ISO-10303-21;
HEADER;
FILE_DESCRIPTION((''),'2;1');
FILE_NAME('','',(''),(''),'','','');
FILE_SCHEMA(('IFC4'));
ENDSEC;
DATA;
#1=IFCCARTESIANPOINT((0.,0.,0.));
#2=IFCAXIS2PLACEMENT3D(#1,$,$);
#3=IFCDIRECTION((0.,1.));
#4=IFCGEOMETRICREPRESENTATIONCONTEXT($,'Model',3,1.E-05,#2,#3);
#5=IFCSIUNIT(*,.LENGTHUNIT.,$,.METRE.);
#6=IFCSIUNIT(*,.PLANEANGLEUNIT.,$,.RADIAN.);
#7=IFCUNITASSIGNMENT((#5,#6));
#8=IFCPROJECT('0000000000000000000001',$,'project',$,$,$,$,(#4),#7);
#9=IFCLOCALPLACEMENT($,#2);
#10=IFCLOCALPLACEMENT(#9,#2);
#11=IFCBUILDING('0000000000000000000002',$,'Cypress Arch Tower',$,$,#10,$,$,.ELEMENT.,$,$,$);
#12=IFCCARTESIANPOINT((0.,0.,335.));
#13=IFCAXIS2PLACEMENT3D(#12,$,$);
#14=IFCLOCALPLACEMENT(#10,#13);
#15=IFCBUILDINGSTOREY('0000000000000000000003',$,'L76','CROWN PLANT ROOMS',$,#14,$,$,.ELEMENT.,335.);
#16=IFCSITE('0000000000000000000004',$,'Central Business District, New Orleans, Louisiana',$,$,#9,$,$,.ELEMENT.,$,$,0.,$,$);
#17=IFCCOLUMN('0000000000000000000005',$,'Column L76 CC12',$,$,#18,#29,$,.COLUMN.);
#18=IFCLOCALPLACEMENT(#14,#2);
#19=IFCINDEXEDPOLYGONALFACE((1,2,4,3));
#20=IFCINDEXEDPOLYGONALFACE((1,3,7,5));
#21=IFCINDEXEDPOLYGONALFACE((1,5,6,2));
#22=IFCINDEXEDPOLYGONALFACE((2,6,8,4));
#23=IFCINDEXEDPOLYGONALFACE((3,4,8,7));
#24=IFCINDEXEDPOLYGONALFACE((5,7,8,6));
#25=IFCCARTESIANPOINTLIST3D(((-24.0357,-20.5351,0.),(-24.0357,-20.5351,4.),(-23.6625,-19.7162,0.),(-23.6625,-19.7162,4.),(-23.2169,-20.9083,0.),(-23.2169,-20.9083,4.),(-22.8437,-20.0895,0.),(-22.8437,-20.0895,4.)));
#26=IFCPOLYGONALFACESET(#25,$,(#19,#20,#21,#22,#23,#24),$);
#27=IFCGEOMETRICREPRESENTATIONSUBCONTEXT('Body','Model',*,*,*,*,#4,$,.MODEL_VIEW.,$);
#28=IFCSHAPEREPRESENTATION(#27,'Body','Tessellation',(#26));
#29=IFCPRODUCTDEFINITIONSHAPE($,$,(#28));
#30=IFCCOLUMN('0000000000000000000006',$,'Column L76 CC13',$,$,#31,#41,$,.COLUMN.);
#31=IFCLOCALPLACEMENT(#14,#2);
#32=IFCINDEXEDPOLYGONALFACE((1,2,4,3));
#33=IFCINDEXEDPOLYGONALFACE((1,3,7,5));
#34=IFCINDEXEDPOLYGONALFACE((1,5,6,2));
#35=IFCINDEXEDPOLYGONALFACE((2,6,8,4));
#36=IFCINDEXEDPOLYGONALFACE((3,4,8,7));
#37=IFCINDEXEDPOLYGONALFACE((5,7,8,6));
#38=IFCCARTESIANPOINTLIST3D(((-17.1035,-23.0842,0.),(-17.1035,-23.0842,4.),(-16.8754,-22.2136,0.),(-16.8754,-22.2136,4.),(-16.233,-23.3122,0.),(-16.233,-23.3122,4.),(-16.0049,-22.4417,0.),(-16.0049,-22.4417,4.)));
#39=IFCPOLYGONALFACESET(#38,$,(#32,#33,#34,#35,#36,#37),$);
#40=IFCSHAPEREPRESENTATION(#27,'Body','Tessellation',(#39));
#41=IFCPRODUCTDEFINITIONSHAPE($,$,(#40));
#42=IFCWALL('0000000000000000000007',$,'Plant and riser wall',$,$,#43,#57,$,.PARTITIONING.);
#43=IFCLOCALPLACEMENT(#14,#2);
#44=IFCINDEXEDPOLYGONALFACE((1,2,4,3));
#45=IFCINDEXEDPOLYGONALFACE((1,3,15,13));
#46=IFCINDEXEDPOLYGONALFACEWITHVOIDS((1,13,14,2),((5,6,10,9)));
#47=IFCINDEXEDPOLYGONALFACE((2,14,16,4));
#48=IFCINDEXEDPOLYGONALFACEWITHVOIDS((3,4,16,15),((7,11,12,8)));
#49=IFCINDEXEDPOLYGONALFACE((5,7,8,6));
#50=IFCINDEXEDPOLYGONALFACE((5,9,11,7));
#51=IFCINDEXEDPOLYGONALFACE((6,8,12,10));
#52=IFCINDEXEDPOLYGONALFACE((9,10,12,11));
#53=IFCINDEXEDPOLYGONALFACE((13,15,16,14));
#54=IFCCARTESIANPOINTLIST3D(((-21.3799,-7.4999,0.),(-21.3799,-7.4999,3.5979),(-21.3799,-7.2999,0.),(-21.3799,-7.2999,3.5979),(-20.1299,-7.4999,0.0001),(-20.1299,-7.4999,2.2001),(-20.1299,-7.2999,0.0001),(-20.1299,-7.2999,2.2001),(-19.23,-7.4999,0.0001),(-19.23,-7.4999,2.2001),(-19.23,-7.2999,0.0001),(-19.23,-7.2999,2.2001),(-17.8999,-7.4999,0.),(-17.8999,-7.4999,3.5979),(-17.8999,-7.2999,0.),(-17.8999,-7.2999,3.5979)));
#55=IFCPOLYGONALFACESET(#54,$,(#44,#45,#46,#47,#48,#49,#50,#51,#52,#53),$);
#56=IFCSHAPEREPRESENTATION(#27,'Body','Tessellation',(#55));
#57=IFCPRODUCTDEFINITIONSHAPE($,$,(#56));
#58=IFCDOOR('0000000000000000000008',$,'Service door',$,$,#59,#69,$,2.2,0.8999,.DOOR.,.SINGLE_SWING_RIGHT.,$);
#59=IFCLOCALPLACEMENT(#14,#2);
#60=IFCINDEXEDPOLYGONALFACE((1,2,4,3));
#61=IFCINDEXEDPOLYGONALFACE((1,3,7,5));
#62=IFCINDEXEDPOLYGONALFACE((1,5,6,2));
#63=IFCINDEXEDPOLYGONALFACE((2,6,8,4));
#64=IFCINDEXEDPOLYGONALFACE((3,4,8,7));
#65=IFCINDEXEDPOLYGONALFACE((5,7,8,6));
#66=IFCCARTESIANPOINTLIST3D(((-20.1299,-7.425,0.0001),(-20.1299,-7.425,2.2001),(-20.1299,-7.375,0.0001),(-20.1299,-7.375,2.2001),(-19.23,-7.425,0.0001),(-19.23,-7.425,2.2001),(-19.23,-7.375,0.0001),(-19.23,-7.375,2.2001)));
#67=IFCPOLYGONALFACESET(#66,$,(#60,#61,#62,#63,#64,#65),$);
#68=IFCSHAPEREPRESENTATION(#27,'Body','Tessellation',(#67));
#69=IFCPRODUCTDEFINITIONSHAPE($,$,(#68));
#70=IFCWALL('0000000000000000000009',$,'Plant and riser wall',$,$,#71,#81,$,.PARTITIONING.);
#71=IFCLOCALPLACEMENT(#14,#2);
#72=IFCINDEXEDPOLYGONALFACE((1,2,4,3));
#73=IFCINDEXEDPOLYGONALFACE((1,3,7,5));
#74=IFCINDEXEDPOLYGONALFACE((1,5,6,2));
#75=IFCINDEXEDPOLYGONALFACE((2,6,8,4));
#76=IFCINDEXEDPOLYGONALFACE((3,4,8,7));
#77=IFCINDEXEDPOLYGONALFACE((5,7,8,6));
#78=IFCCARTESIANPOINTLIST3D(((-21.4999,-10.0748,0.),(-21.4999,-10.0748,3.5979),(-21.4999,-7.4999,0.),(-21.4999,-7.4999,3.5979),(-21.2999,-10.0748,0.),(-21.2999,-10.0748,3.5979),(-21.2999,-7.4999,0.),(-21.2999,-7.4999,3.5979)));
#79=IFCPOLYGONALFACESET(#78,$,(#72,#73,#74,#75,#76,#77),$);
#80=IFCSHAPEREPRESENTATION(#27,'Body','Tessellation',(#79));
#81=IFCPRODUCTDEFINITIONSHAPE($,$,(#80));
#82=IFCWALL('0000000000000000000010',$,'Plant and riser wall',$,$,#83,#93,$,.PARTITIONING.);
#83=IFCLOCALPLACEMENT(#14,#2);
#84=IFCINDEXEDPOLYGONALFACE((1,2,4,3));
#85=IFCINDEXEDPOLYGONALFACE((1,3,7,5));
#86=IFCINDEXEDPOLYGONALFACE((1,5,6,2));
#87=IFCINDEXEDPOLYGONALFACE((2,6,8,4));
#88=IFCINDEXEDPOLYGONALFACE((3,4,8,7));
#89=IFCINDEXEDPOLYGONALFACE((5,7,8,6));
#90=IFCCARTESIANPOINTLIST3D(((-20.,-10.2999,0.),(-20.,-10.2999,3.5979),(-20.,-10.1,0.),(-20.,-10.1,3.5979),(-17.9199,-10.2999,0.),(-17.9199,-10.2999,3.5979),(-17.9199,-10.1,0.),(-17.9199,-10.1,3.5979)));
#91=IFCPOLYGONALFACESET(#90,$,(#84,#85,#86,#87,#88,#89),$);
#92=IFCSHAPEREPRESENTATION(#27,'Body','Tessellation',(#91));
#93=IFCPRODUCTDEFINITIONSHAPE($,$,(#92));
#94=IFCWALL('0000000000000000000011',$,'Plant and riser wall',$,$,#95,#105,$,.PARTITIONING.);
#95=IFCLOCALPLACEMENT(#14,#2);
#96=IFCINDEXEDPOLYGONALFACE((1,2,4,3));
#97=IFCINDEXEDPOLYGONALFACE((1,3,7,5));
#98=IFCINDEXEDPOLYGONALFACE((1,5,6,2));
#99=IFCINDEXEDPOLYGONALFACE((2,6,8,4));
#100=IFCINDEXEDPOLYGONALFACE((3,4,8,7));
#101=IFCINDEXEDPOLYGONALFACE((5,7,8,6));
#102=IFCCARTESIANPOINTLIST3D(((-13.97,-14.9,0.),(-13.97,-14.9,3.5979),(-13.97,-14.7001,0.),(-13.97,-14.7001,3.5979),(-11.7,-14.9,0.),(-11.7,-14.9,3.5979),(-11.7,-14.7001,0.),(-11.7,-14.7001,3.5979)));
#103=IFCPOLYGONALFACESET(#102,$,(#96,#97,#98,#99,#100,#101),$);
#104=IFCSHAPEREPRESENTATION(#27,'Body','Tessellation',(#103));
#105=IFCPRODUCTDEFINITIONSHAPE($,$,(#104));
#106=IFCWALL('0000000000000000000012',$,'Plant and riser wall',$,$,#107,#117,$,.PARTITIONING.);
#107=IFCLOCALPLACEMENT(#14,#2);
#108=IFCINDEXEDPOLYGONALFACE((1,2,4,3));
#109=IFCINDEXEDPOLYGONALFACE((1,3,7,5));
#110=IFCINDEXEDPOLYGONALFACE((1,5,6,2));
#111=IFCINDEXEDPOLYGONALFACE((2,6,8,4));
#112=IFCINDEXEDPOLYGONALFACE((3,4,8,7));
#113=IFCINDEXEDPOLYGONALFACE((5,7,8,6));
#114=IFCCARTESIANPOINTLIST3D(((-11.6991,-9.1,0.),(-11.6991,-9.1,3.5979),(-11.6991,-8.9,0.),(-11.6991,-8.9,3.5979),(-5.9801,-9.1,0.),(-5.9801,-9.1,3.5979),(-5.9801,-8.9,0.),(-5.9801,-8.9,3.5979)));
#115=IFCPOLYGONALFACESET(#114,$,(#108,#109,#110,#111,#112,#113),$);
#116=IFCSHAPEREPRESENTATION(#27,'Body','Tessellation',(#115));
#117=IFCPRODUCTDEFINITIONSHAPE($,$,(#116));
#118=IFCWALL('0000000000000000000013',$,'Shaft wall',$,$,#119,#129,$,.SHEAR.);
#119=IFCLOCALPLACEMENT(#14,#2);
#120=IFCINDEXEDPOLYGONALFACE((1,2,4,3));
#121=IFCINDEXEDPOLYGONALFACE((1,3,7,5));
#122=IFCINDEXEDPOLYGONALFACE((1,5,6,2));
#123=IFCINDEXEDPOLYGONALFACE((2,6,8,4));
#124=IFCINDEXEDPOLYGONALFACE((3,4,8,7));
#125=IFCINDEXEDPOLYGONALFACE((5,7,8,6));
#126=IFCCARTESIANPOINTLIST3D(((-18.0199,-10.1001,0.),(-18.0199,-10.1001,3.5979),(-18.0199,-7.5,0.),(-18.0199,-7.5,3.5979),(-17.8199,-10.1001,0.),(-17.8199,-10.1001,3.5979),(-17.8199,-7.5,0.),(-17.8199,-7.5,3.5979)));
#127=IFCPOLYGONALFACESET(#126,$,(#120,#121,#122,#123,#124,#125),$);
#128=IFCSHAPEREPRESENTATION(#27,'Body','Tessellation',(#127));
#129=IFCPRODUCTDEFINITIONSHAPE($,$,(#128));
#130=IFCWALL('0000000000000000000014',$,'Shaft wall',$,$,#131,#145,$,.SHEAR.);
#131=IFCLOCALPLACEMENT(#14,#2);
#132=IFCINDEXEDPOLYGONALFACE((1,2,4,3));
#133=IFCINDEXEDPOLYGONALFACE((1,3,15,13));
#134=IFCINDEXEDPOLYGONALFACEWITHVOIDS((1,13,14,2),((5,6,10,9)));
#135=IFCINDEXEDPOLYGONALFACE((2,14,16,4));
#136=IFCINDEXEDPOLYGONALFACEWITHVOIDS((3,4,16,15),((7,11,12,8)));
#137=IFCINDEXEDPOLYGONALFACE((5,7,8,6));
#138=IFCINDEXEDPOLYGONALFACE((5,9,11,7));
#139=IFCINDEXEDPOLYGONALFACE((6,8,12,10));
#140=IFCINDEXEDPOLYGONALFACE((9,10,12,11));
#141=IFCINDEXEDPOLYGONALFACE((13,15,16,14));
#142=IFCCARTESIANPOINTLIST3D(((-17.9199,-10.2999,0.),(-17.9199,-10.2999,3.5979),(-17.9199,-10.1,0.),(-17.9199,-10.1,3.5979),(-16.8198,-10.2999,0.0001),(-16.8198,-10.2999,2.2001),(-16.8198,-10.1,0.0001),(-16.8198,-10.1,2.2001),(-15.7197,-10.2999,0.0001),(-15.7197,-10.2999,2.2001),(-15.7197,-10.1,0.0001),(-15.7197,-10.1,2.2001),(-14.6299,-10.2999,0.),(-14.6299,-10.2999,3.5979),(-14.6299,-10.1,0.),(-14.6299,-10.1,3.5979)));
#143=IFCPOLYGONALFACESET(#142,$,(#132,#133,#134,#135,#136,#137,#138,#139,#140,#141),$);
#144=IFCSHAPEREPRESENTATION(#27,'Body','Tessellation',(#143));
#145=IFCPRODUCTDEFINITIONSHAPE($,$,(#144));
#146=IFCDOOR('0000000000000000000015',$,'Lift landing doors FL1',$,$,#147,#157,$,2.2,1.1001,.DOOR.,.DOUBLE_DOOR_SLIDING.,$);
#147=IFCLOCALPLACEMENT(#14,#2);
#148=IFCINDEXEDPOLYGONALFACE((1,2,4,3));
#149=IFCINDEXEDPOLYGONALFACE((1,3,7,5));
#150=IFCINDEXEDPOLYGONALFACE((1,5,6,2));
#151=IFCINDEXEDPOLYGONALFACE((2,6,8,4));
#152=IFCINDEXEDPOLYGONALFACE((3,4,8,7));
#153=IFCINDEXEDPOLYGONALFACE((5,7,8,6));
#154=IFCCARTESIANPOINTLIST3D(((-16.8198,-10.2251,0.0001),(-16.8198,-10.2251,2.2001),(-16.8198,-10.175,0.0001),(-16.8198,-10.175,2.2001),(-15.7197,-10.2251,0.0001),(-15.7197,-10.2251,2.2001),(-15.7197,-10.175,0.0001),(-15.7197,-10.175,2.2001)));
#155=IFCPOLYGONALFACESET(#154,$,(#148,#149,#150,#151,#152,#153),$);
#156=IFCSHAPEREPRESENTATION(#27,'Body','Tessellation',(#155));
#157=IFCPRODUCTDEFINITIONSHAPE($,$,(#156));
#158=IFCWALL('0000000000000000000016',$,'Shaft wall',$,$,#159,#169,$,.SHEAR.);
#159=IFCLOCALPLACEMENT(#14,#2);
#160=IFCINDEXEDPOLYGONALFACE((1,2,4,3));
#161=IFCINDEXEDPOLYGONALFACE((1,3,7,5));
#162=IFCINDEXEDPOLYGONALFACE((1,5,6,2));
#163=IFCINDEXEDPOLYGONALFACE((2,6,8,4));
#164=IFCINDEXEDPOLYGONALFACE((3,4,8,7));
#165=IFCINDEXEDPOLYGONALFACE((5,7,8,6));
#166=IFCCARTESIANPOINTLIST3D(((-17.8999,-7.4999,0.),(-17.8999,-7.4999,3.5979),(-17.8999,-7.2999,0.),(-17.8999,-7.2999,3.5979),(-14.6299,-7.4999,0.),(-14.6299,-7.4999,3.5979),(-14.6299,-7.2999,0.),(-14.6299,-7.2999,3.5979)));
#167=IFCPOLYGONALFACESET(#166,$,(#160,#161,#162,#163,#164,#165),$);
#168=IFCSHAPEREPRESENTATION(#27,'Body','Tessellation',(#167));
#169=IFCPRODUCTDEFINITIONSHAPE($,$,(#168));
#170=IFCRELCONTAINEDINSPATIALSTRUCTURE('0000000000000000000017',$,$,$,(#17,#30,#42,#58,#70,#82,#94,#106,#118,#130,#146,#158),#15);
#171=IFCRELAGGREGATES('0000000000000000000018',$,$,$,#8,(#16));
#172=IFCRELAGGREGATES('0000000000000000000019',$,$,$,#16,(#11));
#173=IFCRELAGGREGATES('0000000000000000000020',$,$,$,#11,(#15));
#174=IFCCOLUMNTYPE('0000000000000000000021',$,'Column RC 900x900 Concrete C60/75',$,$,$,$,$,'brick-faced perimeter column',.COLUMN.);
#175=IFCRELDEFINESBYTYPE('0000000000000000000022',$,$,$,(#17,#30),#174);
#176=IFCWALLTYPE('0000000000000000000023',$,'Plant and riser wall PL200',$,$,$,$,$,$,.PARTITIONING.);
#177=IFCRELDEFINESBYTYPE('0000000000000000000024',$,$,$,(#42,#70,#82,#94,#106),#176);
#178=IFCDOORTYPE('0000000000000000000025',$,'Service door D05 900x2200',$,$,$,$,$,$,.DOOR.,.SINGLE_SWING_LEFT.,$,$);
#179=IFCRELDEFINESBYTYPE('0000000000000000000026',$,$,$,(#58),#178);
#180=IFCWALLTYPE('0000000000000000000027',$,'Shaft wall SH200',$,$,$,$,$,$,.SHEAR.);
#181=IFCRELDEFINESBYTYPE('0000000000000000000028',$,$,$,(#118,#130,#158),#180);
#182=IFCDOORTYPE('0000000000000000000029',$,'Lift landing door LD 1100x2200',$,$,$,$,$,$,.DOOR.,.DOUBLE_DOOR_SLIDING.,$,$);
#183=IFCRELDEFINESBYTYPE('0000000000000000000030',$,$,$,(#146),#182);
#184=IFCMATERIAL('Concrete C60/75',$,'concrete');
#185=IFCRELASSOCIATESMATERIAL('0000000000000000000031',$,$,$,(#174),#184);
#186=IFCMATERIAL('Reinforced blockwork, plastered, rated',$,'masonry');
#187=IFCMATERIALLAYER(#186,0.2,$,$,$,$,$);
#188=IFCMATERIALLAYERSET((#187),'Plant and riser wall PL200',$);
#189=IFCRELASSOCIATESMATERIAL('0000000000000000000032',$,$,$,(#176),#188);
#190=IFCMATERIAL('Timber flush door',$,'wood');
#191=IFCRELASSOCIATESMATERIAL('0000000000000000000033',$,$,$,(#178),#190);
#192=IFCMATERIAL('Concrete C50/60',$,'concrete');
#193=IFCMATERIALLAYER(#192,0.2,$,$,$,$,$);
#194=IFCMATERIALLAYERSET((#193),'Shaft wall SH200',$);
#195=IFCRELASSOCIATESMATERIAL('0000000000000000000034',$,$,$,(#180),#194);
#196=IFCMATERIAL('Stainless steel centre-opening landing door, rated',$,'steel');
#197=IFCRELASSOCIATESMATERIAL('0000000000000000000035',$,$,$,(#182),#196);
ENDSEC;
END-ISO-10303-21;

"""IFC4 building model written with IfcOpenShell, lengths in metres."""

from ifc_helpers import new_model, si_unit, direction, frame, frame_2d, origin, origin_2d, place, context, subcontext, project, spatial, rectangle, extrude, material, layer, layer_set, material_profile, profile_set, type_object, element, fill, save


model = new_model("IFC4")

# Units and contexts
model_context = context("Model", 3, precision=1e-05, world=origin(), true_north=direction((0.0, 1.0)))
body_context = subcontext(model_context, "Body", "Model", "MODEL_VIEW")
ifc_project = project(units=[si_unit("LENGTHUNIT", "METRE"), si_unit("PLANEANGLEUNIT", "RADIAN")], contexts=[model_context])

# Site, building, storey
site_placement = place(None, origin())
site = spatial("IfcSite", under=ifc_project, at=site_placement, Name="Central Business District, New Orleans, Louisiana", CompositionType="ELEMENT", RefElevation=0.0)
building_placement = place(site_placement, origin())
building = spatial("IfcBuilding", under=site, at=building_placement, Name="Cypress Arch Tower", CompositionType="ELEMENT")
storey_placement = place(building_placement, frame((0.0, 0.0, 335.0)))
storey = spatial("IfcBuildingStorey", under=building, at=storey_placement, Name="L76", Description="CROWN PLANT ROOMS", CompositionType="ELEMENT", Elevation=335.0)

# Columns
ifc_material_1 = material(Name="Concrete C60/75", Category="concrete")
ifc_material_profile = material_profile(ifc_material_1, rectangle(XDim=0.8999, YDim=0.8999, at=origin_2d()), Name="RC 900x900")
ifc_profile_set = profile_set([ifc_material_profile], Name="Concrete C60/75")
column_type = type_object("IfcColumnType", Name="Column RC 900x900 Concrete C60/75", ElementType="brick-faced perimeter column", PredefinedType="COLUMN", material=ifc_profile_set)
for number, where, z_axis, x_axis, name in (
    (1, (-23.4397, -20.3123, 0.0), (0.0, 0.0, 1.0), (0.909932, -0.414757, 0.0), "Column L76 CC12"),
    (2, (-16.5542, -22.7629, 0.0), (0.0, 0.0, 1.0), (0.967356, -0.253422, 0.0), "Column L76 CC13"),
):
    element("IfcColumn", number, at=place(storey_placement, frame(where, z_axis=z_axis, x_axis=x_axis)), inside=storey, type_object=column_type, Name=name, PredefinedType="COLUMN", context=body_context, shape_type="SweptSolid", body=[
        extrude(rectangle(XDim=0.8999, YDim=0.8999, at=origin_2d()), origin(), (0.0, 0.0, 1.0), 4.0),
    ])

# Wall, opening, door
ifc_material_2 = material(Name="Reinforced blockwork, plastered, rated", Category="masonry")
ifc_layer_1 = layer(ifc_material_2, 0.2)
ifc_layer_set_1 = layer_set([ifc_layer_1], Name="Plant and riser wall PL200")
wall_type_1 = type_object("IfcWallType", Name="Plant and riser wall PL200", PredefinedType="PARTITIONING", material=ifc_layer_set_1)
wall_1_placement = place(storey_placement, frame((-21.3799, -7.3999, 0.0), z_axis=(0.0, 0.0, 1.0), x_axis=(1.0, 0.0, 0.0)))
wall_1 = element("IfcWall", 3, at=wall_1_placement, inside=storey, type_object=wall_type_1, Name="Plant and riser wall", PredefinedType="PARTITIONING", context=body_context, shape_type="SweptSolid", body=[
    extrude(rectangle(XDim=3.48, YDim=0.2, at=frame_2d((1.74, 0.0))), origin(), (0.0, 0.0, 1.0), 3.5979),
])
opening_1_placement = place(wall_1_placement, frame((1.25, 0.0, 0.0)))
opening_1 = element("IfcOpeningElement", 4, at=opening_1_placement, cuts=wall_1, PredefinedType="OPENING", context=body_context, shape_type="SweptSolid", body=[
    extrude(rectangle(XDim=0.8999, YDim=2.2, at=frame_2d((0.45, 1.1001))), frame((0.0, 0.1099, 0.0), z_axis=(0.0, -1.0, 0.0), x_axis=(1.0, 0.0, 0.0)), (0.0, 0.0, 1.0), 0.22),
])
ifc_material_3 = material(Name="Timber flush door", Category="wood")
door_type_1 = type_object("IfcDoorType", Name="Service door D05 900x2200", OperationType="SINGLE_SWING_LEFT", PredefinedType="DOOR", material=ifc_material_3)
door_1_placement = place(opening_1_placement, origin())
door_1 = element("IfcDoor", 5, at=door_1_placement, inside=storey, type_object=door_type_1, Name="Service door", OperationType="SINGLE_SWING_RIGHT", OverallHeight=2.2, OverallWidth=0.8999, PredefinedType="DOOR", context=body_context, shape_type="SweptSolid", body=[
    extrude(rectangle(XDim=0.8999, YDim=2.2, at=frame_2d((0.45, 1.1001))), frame((0.0, 0.0249, 0.0), z_axis=(0.0, -1.0, 0.0), x_axis=(1.0, 0.0, 0.0)), (0.0, 0.0, 1.0), 0.05),
])
fill(opening_1, door_1)

# Walls
wall_2_placement = place(storey_placement, frame((-21.3999, -10.075, 0.0), z_axis=(0.0, 0.0, 1.0), x_axis=(0.0, 1.0, 0.0)))
element("IfcWall", 6, at=wall_2_placement, inside=storey, type_object=wall_type_1, Name="Plant and riser wall", PredefinedType="PARTITIONING", context=body_context, shape_type="SweptSolid", body=[
    extrude(rectangle(XDim=2.575, YDim=0.2, at=frame_2d((1.2876, 0.0))), origin(), (0.0, 0.0, 1.0), 3.5979),
])
wall_3_placement = place(storey_placement, frame((-20.0, -10.2, 0.0), z_axis=(0.0, 0.0, 1.0), x_axis=(1.0, 0.0, 0.0)))
element("IfcWall", 7, at=wall_3_placement, inside=storey, type_object=wall_type_1, Name="Plant and riser wall", PredefinedType="PARTITIONING", context=body_context, shape_type="SweptSolid", body=[
    extrude(rectangle(XDim=2.0801, YDim=0.2, at=frame_2d((1.04, 0.0))), origin(), (0.0, 0.0, 1.0), 3.5979),
])
wall_4_placement = place(storey_placement, frame((-13.97, -14.8, 0.0), z_axis=(0.0, 0.0, 1.0), x_axis=(1.0, 0.0, 0.0)))
element("IfcWall", 8, at=wall_4_placement, inside=storey, type_object=wall_type_1, Name="Plant and riser wall", PredefinedType="PARTITIONING", context=body_context, shape_type="SweptSolid", body=[
    extrude(rectangle(XDim=2.27, YDim=0.2, at=frame_2d((1.135, 0.0))), origin(), (0.0, 0.0, 1.0), 3.5979),
])

# Walls
wall_5_placement = place(storey_placement, frame((-11.699, -9.0, 0.0), z_axis=(0.0, 0.0, 1.0), x_axis=(1.0, 0.0, 0.0)))
element("IfcWall", 9, at=wall_5_placement, inside=storey, type_object=wall_type_1, Name="Plant and riser wall", PredefinedType="PARTITIONING", context=body_context, shape_type="SweptSolid", body=[
    extrude(rectangle(XDim=5.719, YDim=0.2, at=frame_2d((2.8594, 0.0))), origin(), (0.0, 0.0, 1.0), 3.5979),
])
ifc_material_4 = material(Name="Concrete C50/60", Category="concrete")
ifc_layer_2 = layer(ifc_material_4, 0.2)
ifc_layer_set_2 = layer_set([ifc_layer_2], Name="Shaft wall SH200")
wall_type_2 = type_object("IfcWallType", Name="Shaft wall SH200", PredefinedType="SHEAR", material=ifc_layer_set_2)
wall_6_placement = place(storey_placement, frame((-17.9199, -10.1001, 0.0), z_axis=(0.0, 0.0, 1.0), x_axis=(0.0, 1.0, 0.0)))
element("IfcWall", 10, at=wall_6_placement, inside=storey, type_object=wall_type_2, Name="Shaft wall", PredefinedType="SHEAR", context=body_context, shape_type="SweptSolid", body=[
    extrude(rectangle(XDim=2.6001, YDim=0.2, at=frame_2d((1.3, 0.0))), origin(), (0.0, 0.0, 1.0), 3.5979),
])

# Wall, opening, door
wall_7_placement = place(storey_placement, frame((-17.9199, -10.2, 0.0), z_axis=(0.0, 0.0, 1.0), x_axis=(1.0, 0.0, 0.0)))
wall_7 = element("IfcWall", 11, at=wall_7_placement, inside=storey, type_object=wall_type_2, Name="Shaft wall", PredefinedType="SHEAR", context=body_context, shape_type="SweptSolid", body=[
    extrude(rectangle(XDim=3.29, YDim=0.2, at=frame_2d((1.645, 0.0))), origin(), (0.0, 0.0, 1.0), 3.5979),
])
opening_2_placement = place(wall_7_placement, frame((1.1001, 0.0, 0.0)))
opening_2 = element("IfcOpeningElement", 12, at=opening_2_placement, cuts=wall_7, PredefinedType="OPENING", context=body_context, shape_type="SweptSolid", body=[
    extrude(rectangle(XDim=1.1001, YDim=2.2, at=frame_2d((0.55, 1.1001))), frame((0.0, 0.1099, 0.0), z_axis=(0.0, -1.0, 0.0), x_axis=(1.0, 0.0, 0.0)), (0.0, 0.0, 1.0), 0.22),
])
ifc_material_5 = material(Name="Stainless steel centre-opening landing door, rated", Category="steel")
door_type_2 = type_object("IfcDoorType", Name="Lift landing door LD 1100x2200", OperationType="DOUBLE_DOOR_SLIDING", PredefinedType="DOOR", material=ifc_material_5)
door_2_placement = place(opening_2_placement, origin())
door_2 = element("IfcDoor", 13, at=door_2_placement, inside=storey, type_object=door_type_2, Name="Lift landing doors FL1", OperationType="DOUBLE_DOOR_SLIDING", OverallHeight=2.2, OverallWidth=1.1001, PredefinedType="DOOR", context=body_context, shape_type="SweptSolid", body=[
    extrude(rectangle(XDim=1.1001, YDim=2.2, at=frame_2d((0.55, 1.1001))), frame((0.0, 0.0249, 0.0), z_axis=(0.0, -1.0, 0.0), x_axis=(1.0, 0.0, 0.0)), (0.0, 0.0, 1.0), 0.05),
])
fill(opening_2, door_2)

# Wall
wall_8_placement = place(storey_placement, frame((-17.8999, -7.3999, 0.0), z_axis=(0.0, 0.0, 1.0), x_axis=(1.0, 0.0, 0.0)))
element("IfcWall", 14, at=wall_8_placement, inside=storey, type_object=wall_type_2, Name="Shaft wall", PredefinedType="SHEAR", context=body_context, shape_type="SweptSolid", body=[
    extrude(rectangle(XDim=3.27, YDim=0.2, at=frame_2d((1.635, 0.0))), origin(), (0.0, 0.0, 1.0), 3.5979),
])

save(model, "model.ifc")
